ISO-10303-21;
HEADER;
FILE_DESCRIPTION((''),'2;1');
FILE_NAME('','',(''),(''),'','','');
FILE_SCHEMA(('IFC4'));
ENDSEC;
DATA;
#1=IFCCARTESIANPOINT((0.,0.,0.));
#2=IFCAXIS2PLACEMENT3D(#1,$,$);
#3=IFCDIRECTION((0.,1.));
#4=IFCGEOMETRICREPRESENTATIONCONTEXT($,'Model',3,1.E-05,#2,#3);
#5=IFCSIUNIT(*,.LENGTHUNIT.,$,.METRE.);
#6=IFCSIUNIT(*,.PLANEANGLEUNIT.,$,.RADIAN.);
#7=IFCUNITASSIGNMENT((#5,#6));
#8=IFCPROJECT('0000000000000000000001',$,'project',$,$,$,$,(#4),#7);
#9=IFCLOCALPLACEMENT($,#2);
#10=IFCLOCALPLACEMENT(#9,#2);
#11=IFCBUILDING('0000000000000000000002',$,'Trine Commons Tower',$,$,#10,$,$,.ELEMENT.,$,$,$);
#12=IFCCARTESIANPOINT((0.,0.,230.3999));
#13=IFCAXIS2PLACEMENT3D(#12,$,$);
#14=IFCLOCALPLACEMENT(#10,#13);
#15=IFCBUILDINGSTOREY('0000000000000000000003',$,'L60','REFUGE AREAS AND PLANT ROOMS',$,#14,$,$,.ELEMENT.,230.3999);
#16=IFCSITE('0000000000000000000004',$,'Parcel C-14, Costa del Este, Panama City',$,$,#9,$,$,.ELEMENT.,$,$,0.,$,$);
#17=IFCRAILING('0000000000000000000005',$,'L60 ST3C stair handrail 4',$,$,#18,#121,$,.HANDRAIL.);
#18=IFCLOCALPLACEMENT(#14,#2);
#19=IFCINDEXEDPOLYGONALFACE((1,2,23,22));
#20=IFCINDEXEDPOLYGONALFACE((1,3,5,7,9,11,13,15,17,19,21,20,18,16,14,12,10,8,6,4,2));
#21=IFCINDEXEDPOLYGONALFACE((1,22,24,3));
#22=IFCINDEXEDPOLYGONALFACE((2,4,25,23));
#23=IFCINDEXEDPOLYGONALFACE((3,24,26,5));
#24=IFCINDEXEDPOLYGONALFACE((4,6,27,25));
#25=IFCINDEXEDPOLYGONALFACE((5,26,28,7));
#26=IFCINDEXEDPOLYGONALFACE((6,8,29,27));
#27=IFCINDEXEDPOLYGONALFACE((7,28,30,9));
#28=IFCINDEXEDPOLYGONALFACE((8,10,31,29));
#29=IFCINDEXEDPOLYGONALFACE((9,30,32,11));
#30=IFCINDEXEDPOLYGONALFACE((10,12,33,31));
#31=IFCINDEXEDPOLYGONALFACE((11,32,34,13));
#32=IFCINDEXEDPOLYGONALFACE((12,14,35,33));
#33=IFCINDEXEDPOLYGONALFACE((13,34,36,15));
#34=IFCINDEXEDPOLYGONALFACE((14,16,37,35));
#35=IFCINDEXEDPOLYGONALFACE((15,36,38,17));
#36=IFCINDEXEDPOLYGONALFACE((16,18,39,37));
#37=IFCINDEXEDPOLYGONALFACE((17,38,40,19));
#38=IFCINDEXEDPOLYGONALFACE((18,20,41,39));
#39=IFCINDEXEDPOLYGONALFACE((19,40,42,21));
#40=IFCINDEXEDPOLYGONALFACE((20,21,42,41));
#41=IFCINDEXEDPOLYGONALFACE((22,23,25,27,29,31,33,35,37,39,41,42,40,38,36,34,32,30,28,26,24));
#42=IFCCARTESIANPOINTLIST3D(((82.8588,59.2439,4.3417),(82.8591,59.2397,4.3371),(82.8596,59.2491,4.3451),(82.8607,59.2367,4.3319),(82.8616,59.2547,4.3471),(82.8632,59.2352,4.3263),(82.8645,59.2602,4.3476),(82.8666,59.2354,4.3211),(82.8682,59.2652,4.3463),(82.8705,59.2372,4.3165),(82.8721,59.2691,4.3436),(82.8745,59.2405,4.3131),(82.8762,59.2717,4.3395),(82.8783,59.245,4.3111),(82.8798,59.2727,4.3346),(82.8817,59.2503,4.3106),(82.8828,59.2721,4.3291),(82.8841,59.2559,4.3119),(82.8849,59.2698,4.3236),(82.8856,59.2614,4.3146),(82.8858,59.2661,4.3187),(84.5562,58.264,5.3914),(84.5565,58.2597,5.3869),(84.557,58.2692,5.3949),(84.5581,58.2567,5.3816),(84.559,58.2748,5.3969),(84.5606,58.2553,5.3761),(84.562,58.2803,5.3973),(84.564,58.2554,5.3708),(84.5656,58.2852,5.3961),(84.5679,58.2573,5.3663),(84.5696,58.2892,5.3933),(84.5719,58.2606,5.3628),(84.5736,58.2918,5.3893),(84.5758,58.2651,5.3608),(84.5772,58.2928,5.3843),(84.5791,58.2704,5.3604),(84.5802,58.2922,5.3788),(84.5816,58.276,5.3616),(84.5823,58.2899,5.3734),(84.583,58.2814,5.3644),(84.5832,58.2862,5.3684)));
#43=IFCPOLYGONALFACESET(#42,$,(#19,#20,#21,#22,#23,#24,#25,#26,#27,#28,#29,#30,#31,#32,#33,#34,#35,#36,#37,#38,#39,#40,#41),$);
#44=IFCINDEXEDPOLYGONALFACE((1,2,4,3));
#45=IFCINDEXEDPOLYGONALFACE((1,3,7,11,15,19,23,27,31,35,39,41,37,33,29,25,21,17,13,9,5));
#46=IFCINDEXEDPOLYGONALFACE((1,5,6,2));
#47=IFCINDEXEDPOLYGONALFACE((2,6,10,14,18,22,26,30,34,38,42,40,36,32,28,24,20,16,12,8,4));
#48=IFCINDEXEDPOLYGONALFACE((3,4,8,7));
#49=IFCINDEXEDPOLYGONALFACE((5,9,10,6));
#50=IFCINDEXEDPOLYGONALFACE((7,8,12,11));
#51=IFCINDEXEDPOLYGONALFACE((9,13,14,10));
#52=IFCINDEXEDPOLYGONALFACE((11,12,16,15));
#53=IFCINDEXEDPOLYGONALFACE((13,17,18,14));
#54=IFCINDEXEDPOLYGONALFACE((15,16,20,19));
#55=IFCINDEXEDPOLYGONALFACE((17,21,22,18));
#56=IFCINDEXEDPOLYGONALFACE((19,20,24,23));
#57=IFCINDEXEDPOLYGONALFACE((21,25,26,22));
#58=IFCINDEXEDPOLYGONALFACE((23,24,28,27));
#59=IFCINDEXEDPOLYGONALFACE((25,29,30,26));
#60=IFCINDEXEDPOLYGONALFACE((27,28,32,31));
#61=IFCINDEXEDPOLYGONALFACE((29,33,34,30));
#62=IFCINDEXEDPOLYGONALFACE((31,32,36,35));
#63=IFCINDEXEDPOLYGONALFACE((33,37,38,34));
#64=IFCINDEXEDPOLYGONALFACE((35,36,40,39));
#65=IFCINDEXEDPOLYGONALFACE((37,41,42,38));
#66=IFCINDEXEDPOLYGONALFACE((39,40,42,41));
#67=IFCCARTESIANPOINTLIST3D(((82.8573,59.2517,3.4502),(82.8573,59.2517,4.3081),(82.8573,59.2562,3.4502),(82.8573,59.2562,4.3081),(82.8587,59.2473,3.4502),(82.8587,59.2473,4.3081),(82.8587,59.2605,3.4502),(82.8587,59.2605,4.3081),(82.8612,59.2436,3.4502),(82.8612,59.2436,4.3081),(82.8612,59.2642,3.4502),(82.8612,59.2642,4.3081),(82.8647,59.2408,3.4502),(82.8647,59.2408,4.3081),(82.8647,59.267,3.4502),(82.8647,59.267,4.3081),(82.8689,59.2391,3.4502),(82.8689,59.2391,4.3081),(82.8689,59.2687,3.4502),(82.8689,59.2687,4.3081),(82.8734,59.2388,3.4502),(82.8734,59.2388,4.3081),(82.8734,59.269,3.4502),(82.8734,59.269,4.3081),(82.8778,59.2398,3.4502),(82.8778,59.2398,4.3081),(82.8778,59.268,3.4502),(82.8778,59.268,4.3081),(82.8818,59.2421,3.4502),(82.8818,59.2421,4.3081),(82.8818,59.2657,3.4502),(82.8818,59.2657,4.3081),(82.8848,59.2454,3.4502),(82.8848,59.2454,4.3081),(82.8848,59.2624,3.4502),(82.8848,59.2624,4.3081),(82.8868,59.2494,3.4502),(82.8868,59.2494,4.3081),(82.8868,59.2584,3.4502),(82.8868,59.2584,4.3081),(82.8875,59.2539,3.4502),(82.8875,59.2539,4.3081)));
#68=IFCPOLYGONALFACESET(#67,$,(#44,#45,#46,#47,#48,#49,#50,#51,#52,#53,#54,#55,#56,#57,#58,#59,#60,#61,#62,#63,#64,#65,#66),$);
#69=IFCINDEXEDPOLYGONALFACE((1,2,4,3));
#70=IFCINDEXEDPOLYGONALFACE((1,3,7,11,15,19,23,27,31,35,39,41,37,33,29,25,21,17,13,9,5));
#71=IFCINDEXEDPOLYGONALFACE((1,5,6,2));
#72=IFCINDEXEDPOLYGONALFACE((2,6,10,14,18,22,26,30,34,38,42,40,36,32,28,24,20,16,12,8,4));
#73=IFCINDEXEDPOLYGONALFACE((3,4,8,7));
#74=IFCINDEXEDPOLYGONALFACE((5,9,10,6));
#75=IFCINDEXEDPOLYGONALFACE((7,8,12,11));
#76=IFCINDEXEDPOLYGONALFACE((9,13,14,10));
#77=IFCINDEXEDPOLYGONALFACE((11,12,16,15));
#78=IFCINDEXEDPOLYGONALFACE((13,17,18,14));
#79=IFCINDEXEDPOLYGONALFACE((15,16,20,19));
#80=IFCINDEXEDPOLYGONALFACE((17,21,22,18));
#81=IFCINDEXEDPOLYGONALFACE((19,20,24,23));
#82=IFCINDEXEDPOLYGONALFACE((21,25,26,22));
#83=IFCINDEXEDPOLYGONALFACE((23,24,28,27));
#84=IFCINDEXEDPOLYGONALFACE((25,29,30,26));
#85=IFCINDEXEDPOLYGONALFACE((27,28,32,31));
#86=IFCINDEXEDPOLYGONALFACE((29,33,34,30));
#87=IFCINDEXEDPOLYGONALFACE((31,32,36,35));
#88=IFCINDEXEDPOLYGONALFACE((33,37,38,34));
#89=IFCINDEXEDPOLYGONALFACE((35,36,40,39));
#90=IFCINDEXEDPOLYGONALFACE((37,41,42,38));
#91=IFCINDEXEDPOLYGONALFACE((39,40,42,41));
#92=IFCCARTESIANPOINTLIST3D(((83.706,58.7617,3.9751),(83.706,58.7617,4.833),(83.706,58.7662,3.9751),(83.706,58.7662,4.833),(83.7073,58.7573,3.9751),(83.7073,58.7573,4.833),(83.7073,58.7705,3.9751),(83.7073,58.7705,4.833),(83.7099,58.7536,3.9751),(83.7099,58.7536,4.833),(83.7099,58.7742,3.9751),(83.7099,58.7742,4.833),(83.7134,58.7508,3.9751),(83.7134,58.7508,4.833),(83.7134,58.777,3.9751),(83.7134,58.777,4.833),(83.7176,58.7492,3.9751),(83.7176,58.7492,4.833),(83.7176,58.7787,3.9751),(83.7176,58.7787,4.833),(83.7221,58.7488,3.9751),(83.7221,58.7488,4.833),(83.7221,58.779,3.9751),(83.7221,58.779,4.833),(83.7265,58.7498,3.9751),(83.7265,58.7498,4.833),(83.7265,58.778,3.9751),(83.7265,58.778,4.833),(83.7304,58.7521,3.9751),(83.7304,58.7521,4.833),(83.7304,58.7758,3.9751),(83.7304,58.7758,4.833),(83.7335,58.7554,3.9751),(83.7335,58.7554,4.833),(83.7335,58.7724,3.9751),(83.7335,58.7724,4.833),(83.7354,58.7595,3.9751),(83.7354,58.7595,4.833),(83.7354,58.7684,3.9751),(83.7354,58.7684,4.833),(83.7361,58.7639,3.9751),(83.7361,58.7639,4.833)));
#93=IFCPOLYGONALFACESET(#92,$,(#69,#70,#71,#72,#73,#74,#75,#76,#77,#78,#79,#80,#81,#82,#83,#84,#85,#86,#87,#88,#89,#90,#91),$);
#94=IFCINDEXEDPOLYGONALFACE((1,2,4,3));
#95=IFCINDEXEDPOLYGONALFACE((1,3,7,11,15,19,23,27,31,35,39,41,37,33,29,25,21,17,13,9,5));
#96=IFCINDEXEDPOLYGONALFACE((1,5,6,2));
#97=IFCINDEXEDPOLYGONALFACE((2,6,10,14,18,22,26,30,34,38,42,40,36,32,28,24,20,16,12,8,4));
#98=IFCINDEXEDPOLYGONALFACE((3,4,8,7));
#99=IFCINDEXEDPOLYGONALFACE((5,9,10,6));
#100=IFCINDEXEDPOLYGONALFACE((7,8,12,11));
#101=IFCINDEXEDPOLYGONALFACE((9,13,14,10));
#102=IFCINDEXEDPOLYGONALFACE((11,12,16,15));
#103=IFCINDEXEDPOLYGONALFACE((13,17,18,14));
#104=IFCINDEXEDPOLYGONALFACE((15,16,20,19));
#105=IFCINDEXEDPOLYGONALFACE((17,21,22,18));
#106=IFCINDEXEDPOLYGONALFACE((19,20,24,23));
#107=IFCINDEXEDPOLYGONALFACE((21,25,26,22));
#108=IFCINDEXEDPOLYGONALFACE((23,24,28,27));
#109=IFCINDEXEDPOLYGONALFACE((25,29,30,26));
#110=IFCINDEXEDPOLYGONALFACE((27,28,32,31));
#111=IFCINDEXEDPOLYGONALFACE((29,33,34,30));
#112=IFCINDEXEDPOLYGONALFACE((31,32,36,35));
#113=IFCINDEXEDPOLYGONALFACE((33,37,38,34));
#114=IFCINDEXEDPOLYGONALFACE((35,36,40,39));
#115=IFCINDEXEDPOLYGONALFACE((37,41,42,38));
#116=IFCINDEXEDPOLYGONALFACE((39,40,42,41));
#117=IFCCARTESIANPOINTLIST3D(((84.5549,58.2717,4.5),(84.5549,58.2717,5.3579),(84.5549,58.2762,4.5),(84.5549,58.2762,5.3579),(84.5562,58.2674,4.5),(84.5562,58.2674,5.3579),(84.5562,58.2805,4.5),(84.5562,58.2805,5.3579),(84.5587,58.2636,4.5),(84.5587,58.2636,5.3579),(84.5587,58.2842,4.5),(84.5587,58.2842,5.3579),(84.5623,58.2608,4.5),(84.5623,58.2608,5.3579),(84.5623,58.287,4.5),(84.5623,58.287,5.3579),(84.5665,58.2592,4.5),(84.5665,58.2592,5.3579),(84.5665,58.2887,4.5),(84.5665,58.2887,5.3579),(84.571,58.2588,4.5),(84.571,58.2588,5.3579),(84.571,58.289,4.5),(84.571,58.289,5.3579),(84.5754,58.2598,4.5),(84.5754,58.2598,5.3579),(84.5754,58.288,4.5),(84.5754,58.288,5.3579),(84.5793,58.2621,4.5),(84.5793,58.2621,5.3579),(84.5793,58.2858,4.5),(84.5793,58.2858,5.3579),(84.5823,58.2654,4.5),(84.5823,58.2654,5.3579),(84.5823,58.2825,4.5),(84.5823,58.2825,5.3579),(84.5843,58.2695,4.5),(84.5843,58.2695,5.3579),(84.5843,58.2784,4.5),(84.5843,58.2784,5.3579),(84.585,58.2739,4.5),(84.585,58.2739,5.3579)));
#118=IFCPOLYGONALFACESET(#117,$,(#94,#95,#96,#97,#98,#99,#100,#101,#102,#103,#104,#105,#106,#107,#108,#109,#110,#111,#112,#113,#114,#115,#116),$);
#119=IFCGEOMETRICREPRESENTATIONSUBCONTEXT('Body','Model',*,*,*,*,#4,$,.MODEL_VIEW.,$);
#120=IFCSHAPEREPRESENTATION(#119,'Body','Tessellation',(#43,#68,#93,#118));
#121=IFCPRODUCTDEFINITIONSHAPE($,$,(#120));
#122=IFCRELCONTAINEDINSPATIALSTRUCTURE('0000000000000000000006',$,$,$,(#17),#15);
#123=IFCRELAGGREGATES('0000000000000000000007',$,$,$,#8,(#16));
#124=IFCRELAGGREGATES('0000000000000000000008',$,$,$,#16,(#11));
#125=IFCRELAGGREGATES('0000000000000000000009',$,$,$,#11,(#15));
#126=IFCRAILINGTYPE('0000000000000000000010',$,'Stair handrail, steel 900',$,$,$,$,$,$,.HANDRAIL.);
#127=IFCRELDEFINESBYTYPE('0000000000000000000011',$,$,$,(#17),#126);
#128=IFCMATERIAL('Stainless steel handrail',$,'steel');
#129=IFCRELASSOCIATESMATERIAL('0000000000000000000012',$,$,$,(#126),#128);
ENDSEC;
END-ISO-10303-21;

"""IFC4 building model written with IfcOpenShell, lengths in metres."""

from ifc_helpers import new_model, si_unit, direction, frame, origin, origin_2d, place, context, subcontext, project, spatial, circle, extrude, material, type_object, element, save


model = new_model("IFC4")

# Units and contexts
model_context = context("Model", 3, precision=1e-05, world=origin(), true_north=direction((0.0, 1.0)))
body_context = subcontext(model_context, "Body", "Model", "MODEL_VIEW")
ifc_project = project(units=[si_unit("LENGTHUNIT", "METRE"), si_unit("PLANEANGLEUNIT", "RADIAN")], contexts=[model_context])

# Site, building, storey
site_placement = place(None, origin())
site = spatial("IfcSite", under=ifc_project, at=site_placement, Name="Parcel C-14, Costa del Este, Panama City", CompositionType="ELEMENT", RefElevation=0.0)
building_placement = place(site_placement, origin())
building = spatial("IfcBuilding", under=site, at=building_placement, Name="Trine Commons Tower", CompositionType="ELEMENT")
storey_placement = place(building_placement, frame((0.0, 0.0, 230.3999)))
storey = spatial("IfcBuildingStorey", under=building, at=storey_placement, Name="L60", Description="REFUGE AREAS AND PLANT ROOMS", CompositionType="ELEMENT", Elevation=230.3999)

# Railing
ifc_material_1 = material(Name="Stainless steel handrail", Category="steel")
railing_type_1 = type_object("IfcRailingType", Name="Stair handrail, steel 900", PredefinedType="HANDRAIL", material=ifc_material_1)
railing_1_placement = place(storey_placement, frame((82.8723, 59.2539, 3.4502)))
element("IfcRailing", 1, at=railing_1_placement, inside=storey, type_object=railing_type_1, Name="L60 ST3C stair handrail 4", PredefinedType="HANDRAIL", context=body_context, shape_type="SweptSolid", body=[
    extrude(circle(Radius=0.021, at=origin_2d()), frame((0.0, 0.0, 0.8789), z_axis=(0.763437, -0.440736, 0.472139), x_axis=(0.49997, 0.866042, 0.0)), (0.0, 0.0, 1.0), 2.2234),
    extrude(circle(Radius=0.0151, at=origin_2d()), origin(), (0.0, 0.0, 1.0), 0.8579),
    extrude(circle(Radius=0.0151, at=origin_2d()), frame((0.8486, -0.49, 0.5249)), (0.0, 0.0, 1.0), 0.8579),
    extrude(circle(Radius=0.0151, at=origin_2d()), frame((1.6975, -0.98, 1.0498)), (0.0, 0.0, 1.0), 0.8579),
])

save(model, "model.ifc")
